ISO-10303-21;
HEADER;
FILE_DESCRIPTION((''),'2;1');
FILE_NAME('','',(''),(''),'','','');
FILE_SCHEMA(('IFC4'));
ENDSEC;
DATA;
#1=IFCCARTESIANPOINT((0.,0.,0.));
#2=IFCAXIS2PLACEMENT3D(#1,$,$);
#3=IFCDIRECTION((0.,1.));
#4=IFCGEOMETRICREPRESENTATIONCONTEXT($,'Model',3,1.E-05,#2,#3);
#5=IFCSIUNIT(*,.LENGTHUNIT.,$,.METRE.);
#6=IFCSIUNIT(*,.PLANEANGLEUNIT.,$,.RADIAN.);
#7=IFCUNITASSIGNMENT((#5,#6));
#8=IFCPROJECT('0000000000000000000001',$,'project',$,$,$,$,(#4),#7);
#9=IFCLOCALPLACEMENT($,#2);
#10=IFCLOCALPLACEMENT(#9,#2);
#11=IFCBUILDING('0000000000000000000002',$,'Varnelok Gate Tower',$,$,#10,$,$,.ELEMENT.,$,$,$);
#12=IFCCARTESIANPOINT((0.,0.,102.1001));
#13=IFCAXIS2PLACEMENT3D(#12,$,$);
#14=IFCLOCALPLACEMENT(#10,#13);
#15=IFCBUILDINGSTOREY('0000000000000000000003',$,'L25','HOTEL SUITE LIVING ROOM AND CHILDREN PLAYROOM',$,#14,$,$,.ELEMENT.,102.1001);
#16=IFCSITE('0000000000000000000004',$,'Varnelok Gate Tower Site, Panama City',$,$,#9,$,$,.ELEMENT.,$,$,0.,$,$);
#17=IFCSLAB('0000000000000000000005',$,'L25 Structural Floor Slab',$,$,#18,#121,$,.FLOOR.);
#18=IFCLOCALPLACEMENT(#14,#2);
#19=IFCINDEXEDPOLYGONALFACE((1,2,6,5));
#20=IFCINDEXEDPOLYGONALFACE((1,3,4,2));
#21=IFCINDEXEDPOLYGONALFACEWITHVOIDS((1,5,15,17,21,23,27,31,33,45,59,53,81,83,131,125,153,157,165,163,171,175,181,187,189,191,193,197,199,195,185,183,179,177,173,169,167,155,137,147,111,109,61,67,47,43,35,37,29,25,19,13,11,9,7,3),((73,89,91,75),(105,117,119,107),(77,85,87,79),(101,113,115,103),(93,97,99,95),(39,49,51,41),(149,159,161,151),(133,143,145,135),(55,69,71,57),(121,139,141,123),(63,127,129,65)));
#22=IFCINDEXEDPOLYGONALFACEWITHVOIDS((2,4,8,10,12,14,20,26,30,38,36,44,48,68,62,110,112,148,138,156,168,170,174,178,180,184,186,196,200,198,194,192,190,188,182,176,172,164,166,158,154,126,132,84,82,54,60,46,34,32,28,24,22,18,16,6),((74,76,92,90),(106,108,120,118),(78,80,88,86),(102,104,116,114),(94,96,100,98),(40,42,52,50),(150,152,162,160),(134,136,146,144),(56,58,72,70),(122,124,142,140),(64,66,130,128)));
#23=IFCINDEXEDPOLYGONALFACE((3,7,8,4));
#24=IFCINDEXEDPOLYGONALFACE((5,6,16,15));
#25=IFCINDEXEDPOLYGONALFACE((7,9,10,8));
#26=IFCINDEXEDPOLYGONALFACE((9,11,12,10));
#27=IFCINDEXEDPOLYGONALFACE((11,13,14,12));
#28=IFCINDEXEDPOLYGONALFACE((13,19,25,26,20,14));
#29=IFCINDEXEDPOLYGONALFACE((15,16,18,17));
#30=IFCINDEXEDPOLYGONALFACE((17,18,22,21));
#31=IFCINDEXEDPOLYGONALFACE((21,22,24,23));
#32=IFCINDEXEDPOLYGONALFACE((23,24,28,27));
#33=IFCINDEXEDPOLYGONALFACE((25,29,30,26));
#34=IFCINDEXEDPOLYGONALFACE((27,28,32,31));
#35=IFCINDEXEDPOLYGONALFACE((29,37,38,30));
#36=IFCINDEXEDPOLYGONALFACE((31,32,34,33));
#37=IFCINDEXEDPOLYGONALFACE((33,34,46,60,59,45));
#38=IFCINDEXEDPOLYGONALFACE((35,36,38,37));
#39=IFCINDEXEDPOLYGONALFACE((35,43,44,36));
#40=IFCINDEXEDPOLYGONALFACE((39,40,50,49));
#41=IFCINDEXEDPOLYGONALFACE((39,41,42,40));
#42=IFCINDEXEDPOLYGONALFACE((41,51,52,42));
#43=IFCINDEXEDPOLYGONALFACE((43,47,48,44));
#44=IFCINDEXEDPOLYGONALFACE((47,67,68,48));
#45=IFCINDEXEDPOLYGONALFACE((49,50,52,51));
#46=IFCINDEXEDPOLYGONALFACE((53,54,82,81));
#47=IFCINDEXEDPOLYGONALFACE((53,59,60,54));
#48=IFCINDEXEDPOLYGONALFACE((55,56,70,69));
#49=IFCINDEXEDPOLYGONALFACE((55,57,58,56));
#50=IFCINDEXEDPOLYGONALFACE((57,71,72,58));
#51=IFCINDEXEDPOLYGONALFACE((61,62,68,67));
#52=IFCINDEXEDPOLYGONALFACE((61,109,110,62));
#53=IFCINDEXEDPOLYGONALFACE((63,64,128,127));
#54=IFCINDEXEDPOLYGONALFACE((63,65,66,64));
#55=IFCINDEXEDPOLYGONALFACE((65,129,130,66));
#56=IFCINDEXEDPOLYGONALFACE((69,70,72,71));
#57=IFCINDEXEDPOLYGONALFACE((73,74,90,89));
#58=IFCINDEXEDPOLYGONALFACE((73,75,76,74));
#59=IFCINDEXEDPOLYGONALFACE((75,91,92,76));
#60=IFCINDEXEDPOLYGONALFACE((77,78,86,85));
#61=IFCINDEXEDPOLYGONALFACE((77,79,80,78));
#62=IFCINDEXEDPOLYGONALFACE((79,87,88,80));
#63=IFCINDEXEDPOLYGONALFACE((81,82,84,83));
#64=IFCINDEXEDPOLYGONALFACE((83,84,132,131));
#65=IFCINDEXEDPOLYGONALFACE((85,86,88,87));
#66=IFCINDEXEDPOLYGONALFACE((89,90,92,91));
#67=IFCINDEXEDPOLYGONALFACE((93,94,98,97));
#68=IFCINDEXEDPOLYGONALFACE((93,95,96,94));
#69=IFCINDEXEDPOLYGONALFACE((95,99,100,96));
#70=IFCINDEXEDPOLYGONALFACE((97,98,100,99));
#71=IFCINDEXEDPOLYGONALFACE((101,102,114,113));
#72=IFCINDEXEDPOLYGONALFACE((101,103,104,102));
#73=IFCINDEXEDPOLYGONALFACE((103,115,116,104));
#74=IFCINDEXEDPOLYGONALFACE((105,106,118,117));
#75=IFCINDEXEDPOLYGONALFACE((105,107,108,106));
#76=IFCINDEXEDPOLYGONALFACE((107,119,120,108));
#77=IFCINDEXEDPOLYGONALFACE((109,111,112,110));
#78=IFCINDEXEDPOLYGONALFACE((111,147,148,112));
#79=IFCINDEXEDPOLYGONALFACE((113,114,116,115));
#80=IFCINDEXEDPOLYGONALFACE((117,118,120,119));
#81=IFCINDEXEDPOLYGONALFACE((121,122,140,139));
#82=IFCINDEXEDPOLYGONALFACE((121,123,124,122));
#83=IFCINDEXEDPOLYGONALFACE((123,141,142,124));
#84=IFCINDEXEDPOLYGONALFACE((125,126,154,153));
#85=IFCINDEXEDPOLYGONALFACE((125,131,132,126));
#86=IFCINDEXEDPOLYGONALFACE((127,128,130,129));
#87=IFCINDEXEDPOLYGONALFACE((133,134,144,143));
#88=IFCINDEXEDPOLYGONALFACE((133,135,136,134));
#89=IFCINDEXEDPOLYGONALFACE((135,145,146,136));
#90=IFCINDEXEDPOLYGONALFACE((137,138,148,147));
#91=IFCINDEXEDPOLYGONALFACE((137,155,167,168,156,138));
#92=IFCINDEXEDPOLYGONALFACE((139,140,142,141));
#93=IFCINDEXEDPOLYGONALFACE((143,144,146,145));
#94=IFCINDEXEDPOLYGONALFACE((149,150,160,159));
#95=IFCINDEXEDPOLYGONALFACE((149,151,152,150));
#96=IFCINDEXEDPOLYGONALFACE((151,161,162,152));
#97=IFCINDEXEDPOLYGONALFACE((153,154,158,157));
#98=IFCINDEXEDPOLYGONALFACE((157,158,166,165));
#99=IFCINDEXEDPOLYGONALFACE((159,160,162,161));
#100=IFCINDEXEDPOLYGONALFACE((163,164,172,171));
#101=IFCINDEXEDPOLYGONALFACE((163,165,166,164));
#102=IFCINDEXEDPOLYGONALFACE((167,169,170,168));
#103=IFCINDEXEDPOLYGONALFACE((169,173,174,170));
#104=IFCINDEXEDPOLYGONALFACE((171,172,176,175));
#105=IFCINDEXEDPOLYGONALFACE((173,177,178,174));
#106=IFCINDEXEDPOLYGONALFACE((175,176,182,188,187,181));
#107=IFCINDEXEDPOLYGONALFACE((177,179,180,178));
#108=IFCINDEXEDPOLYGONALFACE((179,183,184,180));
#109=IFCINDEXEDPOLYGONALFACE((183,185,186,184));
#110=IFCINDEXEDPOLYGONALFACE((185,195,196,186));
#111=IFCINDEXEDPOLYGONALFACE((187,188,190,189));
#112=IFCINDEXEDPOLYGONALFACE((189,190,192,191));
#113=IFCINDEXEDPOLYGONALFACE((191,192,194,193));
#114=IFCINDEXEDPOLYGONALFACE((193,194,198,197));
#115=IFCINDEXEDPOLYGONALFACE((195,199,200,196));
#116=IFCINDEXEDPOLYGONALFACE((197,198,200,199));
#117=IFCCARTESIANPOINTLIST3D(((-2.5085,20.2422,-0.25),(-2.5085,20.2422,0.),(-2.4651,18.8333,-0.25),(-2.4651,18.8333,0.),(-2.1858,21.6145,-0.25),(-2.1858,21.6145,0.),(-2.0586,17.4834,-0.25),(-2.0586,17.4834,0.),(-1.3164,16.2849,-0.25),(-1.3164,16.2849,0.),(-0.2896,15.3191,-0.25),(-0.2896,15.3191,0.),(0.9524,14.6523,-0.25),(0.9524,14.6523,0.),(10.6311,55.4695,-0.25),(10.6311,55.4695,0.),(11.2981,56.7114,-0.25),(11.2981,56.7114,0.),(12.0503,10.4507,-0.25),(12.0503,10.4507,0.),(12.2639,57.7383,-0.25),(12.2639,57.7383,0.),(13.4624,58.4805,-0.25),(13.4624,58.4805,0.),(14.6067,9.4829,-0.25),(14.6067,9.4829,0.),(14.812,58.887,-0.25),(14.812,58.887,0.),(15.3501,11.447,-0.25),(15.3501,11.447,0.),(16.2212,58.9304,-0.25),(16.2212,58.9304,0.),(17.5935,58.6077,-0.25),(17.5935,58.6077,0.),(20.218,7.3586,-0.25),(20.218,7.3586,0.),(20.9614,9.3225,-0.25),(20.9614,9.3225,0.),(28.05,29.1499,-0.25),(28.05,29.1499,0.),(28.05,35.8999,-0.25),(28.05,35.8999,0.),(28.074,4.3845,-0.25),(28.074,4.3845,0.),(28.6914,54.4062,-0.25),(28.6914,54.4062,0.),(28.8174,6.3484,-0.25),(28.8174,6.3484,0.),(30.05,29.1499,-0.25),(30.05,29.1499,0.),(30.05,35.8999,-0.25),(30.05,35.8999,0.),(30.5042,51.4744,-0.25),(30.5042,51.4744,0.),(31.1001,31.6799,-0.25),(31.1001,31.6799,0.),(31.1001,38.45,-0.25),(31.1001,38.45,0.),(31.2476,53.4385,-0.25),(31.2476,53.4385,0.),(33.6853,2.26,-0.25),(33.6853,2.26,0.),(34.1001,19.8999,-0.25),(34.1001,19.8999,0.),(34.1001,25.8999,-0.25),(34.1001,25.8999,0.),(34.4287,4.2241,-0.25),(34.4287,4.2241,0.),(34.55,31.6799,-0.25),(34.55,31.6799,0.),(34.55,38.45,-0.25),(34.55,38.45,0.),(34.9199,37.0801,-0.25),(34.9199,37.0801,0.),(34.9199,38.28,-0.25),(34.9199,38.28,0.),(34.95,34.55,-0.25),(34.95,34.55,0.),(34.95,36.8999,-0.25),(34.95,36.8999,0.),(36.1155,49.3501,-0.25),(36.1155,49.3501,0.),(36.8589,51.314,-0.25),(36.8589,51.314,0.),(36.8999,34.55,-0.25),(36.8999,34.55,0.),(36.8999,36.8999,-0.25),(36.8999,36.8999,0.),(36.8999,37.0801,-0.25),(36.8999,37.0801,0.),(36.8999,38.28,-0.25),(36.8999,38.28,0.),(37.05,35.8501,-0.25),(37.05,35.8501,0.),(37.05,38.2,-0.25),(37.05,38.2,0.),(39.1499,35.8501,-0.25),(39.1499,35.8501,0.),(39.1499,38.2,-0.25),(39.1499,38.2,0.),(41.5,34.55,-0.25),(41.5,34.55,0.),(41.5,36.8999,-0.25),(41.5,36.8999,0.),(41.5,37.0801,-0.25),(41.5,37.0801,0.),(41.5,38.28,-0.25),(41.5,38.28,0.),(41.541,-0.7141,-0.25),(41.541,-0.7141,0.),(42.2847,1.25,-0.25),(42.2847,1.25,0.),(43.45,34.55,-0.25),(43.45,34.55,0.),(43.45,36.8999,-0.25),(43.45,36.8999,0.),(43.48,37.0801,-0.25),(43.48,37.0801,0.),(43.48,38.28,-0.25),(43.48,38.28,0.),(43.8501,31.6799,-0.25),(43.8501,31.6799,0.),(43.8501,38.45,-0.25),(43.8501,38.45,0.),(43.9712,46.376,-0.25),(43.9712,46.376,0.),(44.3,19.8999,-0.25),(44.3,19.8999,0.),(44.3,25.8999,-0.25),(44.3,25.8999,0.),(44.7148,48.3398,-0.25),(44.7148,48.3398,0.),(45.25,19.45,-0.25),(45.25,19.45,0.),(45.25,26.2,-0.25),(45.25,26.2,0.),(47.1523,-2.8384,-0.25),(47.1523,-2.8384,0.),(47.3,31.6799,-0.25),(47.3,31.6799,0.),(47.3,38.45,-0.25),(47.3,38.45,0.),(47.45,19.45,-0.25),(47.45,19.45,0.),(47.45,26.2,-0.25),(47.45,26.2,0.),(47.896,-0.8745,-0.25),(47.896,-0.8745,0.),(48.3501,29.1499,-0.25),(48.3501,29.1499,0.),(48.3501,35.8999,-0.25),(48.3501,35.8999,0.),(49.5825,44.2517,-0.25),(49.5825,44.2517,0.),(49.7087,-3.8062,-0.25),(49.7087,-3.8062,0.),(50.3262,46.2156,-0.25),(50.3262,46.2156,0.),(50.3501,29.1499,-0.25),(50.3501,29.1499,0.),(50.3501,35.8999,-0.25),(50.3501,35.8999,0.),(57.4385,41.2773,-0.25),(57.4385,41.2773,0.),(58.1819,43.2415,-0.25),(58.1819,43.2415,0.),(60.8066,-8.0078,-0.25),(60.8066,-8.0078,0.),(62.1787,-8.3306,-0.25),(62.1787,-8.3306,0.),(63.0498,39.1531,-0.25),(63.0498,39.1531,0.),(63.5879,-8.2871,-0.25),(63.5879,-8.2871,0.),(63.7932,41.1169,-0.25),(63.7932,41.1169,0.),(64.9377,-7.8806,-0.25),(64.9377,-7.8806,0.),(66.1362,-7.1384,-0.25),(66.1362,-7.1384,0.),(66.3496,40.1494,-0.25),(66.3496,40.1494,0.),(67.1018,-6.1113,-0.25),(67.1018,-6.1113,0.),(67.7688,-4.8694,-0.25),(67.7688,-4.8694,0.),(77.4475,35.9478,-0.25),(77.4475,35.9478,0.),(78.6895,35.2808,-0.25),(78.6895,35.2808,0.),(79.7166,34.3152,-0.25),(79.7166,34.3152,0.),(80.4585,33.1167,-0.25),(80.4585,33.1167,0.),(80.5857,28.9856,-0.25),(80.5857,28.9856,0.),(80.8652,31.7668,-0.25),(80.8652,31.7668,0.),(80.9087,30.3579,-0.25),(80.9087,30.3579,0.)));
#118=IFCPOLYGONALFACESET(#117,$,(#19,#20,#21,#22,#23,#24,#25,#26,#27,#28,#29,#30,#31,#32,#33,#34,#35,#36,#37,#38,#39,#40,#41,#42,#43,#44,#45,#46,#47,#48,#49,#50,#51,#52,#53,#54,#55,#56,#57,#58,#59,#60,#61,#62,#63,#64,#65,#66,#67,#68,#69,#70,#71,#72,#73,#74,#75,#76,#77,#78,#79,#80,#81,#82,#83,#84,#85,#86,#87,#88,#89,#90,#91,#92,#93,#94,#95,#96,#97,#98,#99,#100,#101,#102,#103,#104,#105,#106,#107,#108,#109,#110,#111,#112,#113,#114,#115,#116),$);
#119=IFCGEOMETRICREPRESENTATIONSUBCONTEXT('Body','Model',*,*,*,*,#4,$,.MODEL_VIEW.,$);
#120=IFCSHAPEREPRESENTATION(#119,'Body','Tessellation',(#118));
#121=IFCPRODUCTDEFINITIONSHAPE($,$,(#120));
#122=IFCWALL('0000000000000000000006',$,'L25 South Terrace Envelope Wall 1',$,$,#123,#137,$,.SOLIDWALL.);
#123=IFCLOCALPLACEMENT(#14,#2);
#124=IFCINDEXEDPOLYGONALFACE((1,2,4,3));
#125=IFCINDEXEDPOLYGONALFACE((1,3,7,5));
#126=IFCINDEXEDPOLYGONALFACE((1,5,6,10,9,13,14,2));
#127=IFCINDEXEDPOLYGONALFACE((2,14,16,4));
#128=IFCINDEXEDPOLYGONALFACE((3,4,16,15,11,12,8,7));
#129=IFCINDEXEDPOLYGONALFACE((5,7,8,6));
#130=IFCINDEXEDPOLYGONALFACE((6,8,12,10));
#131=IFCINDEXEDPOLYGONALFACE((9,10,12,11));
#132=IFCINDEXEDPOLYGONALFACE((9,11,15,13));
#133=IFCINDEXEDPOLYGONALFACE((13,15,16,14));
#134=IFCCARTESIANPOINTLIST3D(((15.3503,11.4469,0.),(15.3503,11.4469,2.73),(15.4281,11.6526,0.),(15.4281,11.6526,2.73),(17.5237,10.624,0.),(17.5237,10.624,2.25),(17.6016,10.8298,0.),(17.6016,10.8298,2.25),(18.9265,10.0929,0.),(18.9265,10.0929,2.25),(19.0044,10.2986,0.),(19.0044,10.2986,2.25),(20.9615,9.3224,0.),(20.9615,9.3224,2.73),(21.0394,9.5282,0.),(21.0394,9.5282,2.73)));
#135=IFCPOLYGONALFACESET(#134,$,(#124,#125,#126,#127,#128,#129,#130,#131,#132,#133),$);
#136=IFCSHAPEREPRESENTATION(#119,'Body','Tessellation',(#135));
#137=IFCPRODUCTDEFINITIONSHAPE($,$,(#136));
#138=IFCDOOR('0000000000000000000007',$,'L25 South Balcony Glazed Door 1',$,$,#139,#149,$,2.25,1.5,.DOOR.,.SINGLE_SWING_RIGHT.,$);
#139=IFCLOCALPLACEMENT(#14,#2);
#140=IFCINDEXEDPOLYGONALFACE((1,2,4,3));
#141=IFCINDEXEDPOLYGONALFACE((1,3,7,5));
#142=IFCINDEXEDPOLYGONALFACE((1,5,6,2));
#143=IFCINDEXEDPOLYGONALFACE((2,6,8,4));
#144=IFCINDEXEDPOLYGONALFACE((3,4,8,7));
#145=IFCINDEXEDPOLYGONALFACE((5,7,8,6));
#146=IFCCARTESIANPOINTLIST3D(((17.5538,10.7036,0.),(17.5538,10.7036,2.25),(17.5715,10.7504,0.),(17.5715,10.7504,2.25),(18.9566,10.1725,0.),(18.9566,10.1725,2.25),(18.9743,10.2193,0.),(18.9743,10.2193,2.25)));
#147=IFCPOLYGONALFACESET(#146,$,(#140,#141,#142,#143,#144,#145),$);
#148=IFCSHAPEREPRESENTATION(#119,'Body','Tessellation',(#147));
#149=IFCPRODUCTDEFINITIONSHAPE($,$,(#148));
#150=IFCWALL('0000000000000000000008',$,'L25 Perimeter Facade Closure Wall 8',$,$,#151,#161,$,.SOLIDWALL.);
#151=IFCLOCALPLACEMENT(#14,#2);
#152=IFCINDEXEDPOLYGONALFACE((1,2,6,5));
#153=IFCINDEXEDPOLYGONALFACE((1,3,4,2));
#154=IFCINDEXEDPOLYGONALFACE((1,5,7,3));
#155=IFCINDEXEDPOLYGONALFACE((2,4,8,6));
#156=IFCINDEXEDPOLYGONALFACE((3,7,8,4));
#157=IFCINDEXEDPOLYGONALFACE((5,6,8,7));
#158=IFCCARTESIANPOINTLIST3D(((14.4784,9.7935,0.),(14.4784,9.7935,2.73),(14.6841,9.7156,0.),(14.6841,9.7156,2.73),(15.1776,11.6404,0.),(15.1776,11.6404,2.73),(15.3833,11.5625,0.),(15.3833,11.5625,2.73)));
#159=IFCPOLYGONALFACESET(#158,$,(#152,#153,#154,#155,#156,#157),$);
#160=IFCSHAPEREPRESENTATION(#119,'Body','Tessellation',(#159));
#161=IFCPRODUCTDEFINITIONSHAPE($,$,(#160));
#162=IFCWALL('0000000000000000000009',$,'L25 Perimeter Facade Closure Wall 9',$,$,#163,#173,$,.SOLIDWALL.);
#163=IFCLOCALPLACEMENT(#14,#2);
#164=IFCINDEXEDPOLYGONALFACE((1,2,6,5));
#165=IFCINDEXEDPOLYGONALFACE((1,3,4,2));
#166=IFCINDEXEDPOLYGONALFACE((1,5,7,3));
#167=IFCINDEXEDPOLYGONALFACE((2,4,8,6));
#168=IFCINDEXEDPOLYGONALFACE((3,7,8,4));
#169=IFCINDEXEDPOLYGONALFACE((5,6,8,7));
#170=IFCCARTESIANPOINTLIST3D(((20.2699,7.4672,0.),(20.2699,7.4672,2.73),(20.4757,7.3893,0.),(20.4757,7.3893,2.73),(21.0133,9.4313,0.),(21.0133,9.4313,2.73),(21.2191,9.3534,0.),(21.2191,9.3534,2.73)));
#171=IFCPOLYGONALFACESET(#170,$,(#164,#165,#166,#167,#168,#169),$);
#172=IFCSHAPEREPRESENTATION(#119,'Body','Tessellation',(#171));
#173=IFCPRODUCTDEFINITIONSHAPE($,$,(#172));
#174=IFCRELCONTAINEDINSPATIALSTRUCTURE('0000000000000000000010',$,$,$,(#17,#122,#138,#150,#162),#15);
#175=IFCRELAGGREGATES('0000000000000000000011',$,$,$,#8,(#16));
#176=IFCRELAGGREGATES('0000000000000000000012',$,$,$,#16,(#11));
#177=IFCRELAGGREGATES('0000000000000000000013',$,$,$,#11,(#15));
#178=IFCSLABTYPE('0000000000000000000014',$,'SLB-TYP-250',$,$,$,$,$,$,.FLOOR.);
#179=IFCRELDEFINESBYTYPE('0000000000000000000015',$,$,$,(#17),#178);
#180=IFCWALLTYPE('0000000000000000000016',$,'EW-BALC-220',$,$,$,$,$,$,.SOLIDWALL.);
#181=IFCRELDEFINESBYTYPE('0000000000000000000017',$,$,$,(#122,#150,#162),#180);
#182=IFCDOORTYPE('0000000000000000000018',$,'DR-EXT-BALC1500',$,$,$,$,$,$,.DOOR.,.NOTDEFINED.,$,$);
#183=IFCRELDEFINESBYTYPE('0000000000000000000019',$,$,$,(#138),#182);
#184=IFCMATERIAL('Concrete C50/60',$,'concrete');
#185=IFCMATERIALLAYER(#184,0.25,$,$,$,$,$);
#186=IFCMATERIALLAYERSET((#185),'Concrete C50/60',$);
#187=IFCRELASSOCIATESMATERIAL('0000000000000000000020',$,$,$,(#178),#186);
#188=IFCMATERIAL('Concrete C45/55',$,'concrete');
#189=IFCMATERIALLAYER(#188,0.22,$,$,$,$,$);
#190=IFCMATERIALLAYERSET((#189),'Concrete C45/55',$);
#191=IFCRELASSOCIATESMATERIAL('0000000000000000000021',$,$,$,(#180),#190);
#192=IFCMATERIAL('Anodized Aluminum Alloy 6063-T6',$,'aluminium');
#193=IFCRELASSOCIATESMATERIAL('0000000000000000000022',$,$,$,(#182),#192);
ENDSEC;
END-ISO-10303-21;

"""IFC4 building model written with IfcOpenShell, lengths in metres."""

from ifc_helpers import new_model, si_unit, direction, frame, frame_2d, origin, place, context, subcontext, project, spatial, polyline, rectangle, outline, extrude, material, layer, layer_set, type_object, element, fill, save


model = new_model("IFC4")

# Units and contexts
model_context = context("Model", 3, precision=1e-05, world=origin(), true_north=direction((0.0, 1.0)))
body_context = subcontext(model_context, "Body", "Model", "MODEL_VIEW")
ifc_project = project(units=[si_unit("LENGTHUNIT", "METRE"), si_unit("PLANEANGLEUNIT", "RADIAN")], contexts=[model_context])

# Site, building, storey
site_placement = place(None, origin())
site = spatial("IfcSite", under=ifc_project, at=site_placement, Name="Varnelok Gate Tower Site, Panama City", CompositionType="ELEMENT", RefElevation=0.0)
building_placement = place(site_placement, origin())
building = spatial("IfcBuilding", under=site, at=building_placement, Name="Varnelok Gate Tower", CompositionType="ELEMENT")
storey_placement = place(building_placement, frame((0.0, 0.0, 102.1001)))
storey = spatial("IfcBuildingStorey", under=building, at=storey_placement, Name="L25", Description="HOTEL SUITE LIVING ROOM AND CHILDREN PLAYROOM", CompositionType="ELEMENT", Elevation=102.1001)

# Shared definitions
ifc_material_1 = material(Name="Concrete C45/55", Category="concrete")

# Shared definitions
ifc_material_2 = material(Name="Concrete C50/60", Category="concrete")

# Slab
ifc_layer_1 = layer(ifc_material_2, 0.25)
ifc_layer_set_1 = layer_set([ifc_layer_1], Name="Concrete C50/60")
slab_type_1 = type_object("IfcSlabType", Name="SLB-TYP-250", PredefinedType="FLOOR", material=ifc_layer_set_1)
slab_1_placement = place(storey_placement, frame((0.0, 0.0, -0.25)))
element("IfcSlab", 1, at=slab_1_placement, inside=storey, type_object=slab_type_1, Name="L25 Structural Floor Slab", PredefinedType="FLOOR", context=body_context, shape_type="SweptSolid", body=[
    extrude(outline(polyline([(-2.1858, 21.6145), (-2.5085, 20.2422), (-2.4651, 18.8333), (-2.0586, 17.4834), (-1.3164, 16.2849), (-0.2896, 15.3191), (0.9524, 14.6523), (12.0503, 10.4507), (14.6067, 9.4829), (15.3501, 11.447), (20.9614, 9.3225), (20.218, 7.3586), (28.074, 4.3845), (28.8174, 6.3484), (34.4287, 4.2241), (33.6853, 2.26), (41.541, -0.7141), (42.2847, 1.25), (47.896, -0.8745), (47.1523, -2.8384), (49.7087, -3.8062), (60.8066, -8.0078), (62.1787, -8.3306), (63.5879, -8.2871), (64.9377, -7.8806), (66.1362, -7.1384), (67.1018, -6.1113), (67.7688, -4.8694), (80.5857, 28.9856), (80.9087, 30.3579), (80.8652, 31.7668), (80.4585, 33.1167), (79.7166, 34.3152), (78.6895, 35.2808), (77.4475, 35.9478), (66.3496, 40.1494), (63.7932, 41.1169), (63.0498, 39.1531), (57.4385, 41.2773), (58.1819, 43.2415), (50.3262, 46.2156), (49.5825, 44.2517), (43.9712, 46.376), (44.7148, 48.3398), (36.8589, 51.314), (36.1155, 49.3501), (30.5042, 51.4744), (31.2476, 53.4385), (28.6914, 54.4062), (17.5935, 58.6077), (16.2212, 58.9304), (14.812, 58.887), (13.4624, 58.4805), (12.2639, 57.7383), (11.2981, 56.7114), (10.6311, 55.4695), (-2.1858, 21.6145)]), holes=[polyline([(34.55, 31.6799), (34.55, 38.45), (31.1001, 38.45), (31.1001, 31.6799), (34.55, 31.6799)]), polyline([(47.3, 31.6799), (47.3, 38.45), (43.8501, 38.45), (43.8501, 31.6799), (47.3, 31.6799)]), polyline([(34.95, 34.55), (36.8999, 34.55), (36.8999, 36.8999), (34.95, 36.8999), (34.95, 34.55)]), polyline([(41.5, 34.55), (43.45, 34.55), (43.45, 36.8999), (41.5, 36.8999), (41.5, 34.55)]), polyline([(37.05, 35.8501), (39.1499, 35.8501), (39.1499, 38.2), (37.05, 38.2), (37.05, 35.8501)]), polyline([(28.05, 29.1499), (30.05, 29.1499), (30.05, 35.8999), (28.05, 35.8999), (28.05, 29.1499)]), polyline([(48.3501, 29.1499), (50.3501, 29.1499), (50.3501, 35.8999), (48.3501, 35.8999), (48.3501, 29.1499)]), polyline([(45.25, 19.45), (47.45, 19.45), (47.45, 26.2), (45.25, 26.2), (45.25, 19.45)]), polyline([(34.9199, 37.0801), (36.8999, 37.0801), (36.8999, 38.28), (34.9199, 38.28), (34.9199, 37.0801)]), polyline([(41.5, 37.0801), (43.48, 37.0801), (43.48, 38.28), (41.5, 38.28), (41.5, 37.0801)]), polyline([(34.1001, 19.8999), (44.3, 19.8999), (44.3, 25.8999), (34.1001, 25.8999), (34.1001, 19.8999)])]), origin(), (0.0, 0.0, 1.0), 0.25),
])

# Wall, opening, door
ifc_layer_2 = layer(ifc_material_1, 0.22)
ifc_layer_set_2 = layer_set([ifc_layer_2], Name="Concrete C45/55")
wall_type = type_object("IfcWallType", Name="EW-BALC-220", PredefinedType="SOLIDWALL", material=ifc_layer_set_2)
wall_1_placement = place(storey_placement, frame((21.0005, 9.4253, 0.0), z_axis=(0.0, 0.0, 1.0), x_axis=(-0.935214, 0.354083, 0.0)))
wall_1 = element("IfcWall", 2, at=wall_1_placement, inside=storey, type_object=wall_type, Name="L25 South Terrace Envelope Wall 1", PredefinedType="SOLIDWALL", context=body_context, shape_type="SweptSolid", body=[
    extrude(rectangle(XDim=6.0, YDim=0.22, at=frame_2d((3.0, 0.0))), origin(), (0.0, 0.0, 1.0), 2.73),
])
opening_1_placement = place(wall_1_placement, frame((2.176, 0.0, 0.0)))
opening_1 = element("IfcOpeningElement", 3, at=opening_1_placement, cuts=wall_1, PredefinedType="OPENING", context=body_context, shape_type="SweptSolid", body=[
    extrude(rectangle(XDim=1.5, YDim=2.25, at=frame_2d((0.75, 1.125))), frame((0.0, 0.1199, 0.0), z_axis=(0.0, -1.0, 0.0), x_axis=(1.0, 0.0, 0.0)), (0.0, 0.0, 1.0), 0.24),
])
ifc_material_3 = material(Name="Anodized Aluminum Alloy 6063-T6", Category="aluminium")
door_type = type_object("IfcDoorType", Name="DR-EXT-BALC1500", OperationType="NOTDEFINED", PredefinedType="DOOR", material=ifc_material_3)
door_placement = place(opening_1_placement, origin())
door = element("IfcDoor", 4, at=door_placement, inside=storey, type_object=door_type, Name="L25 South Balcony Glazed Door 1", OperationType="SINGLE_SWING_RIGHT", OverallHeight=2.25, OverallWidth=1.5, PredefinedType="DOOR", context=body_context, shape_type="SweptSolid", body=[
    extrude(rectangle(XDim=1.5, YDim=2.25, at=frame_2d((0.75, 1.125))), frame((0.0, 0.0249, 0.0), z_axis=(0.0, -1.0, 0.0), x_axis=(1.0, 0.0, 0.0)), (0.0, 0.0, 1.0), 0.05),
])
fill(opening_1, door)

# Walls
wall_2_placement = place(storey_placement, frame((14.5813, 9.7546, 0.0), z_axis=(0.0, 0.0, 1.0), x_axis=(0.354062, 0.935222, 0.0)))
element("IfcWall", 5, at=wall_2_placement, inside=storey, type_object=wall_type, Name="L25 Perimeter Facade Closure Wall 8", PredefinedType="SOLIDWALL", context=body_context, shape_type="SweptSolid", body=[
    extrude(rectangle(XDim=1.9749, YDim=0.22, at=frame_2d((0.9873, 0.0))), origin(), (0.0, 0.0, 1.0), 2.73),
])
wall_3_placement = place(storey_placement, frame((21.1162, 9.3923, 0.0), z_axis=(0.0, 0.0, 1.0), x_axis=(-0.353988, -0.93525, 0.0)))
element("IfcWall", 6, at=wall_3_placement, inside=storey, type_object=wall_type, Name="L25 Perimeter Facade Closure Wall 9", PredefinedType="SOLIDWALL", context=body_context, shape_type="SweptSolid", body=[
    extrude(rectangle(XDim=2.1001, YDim=0.22, at=frame_2d((1.05, 0.0))), origin(), (0.0, 0.0, 1.0), 2.73),
])

save(model, "model.ifc")
